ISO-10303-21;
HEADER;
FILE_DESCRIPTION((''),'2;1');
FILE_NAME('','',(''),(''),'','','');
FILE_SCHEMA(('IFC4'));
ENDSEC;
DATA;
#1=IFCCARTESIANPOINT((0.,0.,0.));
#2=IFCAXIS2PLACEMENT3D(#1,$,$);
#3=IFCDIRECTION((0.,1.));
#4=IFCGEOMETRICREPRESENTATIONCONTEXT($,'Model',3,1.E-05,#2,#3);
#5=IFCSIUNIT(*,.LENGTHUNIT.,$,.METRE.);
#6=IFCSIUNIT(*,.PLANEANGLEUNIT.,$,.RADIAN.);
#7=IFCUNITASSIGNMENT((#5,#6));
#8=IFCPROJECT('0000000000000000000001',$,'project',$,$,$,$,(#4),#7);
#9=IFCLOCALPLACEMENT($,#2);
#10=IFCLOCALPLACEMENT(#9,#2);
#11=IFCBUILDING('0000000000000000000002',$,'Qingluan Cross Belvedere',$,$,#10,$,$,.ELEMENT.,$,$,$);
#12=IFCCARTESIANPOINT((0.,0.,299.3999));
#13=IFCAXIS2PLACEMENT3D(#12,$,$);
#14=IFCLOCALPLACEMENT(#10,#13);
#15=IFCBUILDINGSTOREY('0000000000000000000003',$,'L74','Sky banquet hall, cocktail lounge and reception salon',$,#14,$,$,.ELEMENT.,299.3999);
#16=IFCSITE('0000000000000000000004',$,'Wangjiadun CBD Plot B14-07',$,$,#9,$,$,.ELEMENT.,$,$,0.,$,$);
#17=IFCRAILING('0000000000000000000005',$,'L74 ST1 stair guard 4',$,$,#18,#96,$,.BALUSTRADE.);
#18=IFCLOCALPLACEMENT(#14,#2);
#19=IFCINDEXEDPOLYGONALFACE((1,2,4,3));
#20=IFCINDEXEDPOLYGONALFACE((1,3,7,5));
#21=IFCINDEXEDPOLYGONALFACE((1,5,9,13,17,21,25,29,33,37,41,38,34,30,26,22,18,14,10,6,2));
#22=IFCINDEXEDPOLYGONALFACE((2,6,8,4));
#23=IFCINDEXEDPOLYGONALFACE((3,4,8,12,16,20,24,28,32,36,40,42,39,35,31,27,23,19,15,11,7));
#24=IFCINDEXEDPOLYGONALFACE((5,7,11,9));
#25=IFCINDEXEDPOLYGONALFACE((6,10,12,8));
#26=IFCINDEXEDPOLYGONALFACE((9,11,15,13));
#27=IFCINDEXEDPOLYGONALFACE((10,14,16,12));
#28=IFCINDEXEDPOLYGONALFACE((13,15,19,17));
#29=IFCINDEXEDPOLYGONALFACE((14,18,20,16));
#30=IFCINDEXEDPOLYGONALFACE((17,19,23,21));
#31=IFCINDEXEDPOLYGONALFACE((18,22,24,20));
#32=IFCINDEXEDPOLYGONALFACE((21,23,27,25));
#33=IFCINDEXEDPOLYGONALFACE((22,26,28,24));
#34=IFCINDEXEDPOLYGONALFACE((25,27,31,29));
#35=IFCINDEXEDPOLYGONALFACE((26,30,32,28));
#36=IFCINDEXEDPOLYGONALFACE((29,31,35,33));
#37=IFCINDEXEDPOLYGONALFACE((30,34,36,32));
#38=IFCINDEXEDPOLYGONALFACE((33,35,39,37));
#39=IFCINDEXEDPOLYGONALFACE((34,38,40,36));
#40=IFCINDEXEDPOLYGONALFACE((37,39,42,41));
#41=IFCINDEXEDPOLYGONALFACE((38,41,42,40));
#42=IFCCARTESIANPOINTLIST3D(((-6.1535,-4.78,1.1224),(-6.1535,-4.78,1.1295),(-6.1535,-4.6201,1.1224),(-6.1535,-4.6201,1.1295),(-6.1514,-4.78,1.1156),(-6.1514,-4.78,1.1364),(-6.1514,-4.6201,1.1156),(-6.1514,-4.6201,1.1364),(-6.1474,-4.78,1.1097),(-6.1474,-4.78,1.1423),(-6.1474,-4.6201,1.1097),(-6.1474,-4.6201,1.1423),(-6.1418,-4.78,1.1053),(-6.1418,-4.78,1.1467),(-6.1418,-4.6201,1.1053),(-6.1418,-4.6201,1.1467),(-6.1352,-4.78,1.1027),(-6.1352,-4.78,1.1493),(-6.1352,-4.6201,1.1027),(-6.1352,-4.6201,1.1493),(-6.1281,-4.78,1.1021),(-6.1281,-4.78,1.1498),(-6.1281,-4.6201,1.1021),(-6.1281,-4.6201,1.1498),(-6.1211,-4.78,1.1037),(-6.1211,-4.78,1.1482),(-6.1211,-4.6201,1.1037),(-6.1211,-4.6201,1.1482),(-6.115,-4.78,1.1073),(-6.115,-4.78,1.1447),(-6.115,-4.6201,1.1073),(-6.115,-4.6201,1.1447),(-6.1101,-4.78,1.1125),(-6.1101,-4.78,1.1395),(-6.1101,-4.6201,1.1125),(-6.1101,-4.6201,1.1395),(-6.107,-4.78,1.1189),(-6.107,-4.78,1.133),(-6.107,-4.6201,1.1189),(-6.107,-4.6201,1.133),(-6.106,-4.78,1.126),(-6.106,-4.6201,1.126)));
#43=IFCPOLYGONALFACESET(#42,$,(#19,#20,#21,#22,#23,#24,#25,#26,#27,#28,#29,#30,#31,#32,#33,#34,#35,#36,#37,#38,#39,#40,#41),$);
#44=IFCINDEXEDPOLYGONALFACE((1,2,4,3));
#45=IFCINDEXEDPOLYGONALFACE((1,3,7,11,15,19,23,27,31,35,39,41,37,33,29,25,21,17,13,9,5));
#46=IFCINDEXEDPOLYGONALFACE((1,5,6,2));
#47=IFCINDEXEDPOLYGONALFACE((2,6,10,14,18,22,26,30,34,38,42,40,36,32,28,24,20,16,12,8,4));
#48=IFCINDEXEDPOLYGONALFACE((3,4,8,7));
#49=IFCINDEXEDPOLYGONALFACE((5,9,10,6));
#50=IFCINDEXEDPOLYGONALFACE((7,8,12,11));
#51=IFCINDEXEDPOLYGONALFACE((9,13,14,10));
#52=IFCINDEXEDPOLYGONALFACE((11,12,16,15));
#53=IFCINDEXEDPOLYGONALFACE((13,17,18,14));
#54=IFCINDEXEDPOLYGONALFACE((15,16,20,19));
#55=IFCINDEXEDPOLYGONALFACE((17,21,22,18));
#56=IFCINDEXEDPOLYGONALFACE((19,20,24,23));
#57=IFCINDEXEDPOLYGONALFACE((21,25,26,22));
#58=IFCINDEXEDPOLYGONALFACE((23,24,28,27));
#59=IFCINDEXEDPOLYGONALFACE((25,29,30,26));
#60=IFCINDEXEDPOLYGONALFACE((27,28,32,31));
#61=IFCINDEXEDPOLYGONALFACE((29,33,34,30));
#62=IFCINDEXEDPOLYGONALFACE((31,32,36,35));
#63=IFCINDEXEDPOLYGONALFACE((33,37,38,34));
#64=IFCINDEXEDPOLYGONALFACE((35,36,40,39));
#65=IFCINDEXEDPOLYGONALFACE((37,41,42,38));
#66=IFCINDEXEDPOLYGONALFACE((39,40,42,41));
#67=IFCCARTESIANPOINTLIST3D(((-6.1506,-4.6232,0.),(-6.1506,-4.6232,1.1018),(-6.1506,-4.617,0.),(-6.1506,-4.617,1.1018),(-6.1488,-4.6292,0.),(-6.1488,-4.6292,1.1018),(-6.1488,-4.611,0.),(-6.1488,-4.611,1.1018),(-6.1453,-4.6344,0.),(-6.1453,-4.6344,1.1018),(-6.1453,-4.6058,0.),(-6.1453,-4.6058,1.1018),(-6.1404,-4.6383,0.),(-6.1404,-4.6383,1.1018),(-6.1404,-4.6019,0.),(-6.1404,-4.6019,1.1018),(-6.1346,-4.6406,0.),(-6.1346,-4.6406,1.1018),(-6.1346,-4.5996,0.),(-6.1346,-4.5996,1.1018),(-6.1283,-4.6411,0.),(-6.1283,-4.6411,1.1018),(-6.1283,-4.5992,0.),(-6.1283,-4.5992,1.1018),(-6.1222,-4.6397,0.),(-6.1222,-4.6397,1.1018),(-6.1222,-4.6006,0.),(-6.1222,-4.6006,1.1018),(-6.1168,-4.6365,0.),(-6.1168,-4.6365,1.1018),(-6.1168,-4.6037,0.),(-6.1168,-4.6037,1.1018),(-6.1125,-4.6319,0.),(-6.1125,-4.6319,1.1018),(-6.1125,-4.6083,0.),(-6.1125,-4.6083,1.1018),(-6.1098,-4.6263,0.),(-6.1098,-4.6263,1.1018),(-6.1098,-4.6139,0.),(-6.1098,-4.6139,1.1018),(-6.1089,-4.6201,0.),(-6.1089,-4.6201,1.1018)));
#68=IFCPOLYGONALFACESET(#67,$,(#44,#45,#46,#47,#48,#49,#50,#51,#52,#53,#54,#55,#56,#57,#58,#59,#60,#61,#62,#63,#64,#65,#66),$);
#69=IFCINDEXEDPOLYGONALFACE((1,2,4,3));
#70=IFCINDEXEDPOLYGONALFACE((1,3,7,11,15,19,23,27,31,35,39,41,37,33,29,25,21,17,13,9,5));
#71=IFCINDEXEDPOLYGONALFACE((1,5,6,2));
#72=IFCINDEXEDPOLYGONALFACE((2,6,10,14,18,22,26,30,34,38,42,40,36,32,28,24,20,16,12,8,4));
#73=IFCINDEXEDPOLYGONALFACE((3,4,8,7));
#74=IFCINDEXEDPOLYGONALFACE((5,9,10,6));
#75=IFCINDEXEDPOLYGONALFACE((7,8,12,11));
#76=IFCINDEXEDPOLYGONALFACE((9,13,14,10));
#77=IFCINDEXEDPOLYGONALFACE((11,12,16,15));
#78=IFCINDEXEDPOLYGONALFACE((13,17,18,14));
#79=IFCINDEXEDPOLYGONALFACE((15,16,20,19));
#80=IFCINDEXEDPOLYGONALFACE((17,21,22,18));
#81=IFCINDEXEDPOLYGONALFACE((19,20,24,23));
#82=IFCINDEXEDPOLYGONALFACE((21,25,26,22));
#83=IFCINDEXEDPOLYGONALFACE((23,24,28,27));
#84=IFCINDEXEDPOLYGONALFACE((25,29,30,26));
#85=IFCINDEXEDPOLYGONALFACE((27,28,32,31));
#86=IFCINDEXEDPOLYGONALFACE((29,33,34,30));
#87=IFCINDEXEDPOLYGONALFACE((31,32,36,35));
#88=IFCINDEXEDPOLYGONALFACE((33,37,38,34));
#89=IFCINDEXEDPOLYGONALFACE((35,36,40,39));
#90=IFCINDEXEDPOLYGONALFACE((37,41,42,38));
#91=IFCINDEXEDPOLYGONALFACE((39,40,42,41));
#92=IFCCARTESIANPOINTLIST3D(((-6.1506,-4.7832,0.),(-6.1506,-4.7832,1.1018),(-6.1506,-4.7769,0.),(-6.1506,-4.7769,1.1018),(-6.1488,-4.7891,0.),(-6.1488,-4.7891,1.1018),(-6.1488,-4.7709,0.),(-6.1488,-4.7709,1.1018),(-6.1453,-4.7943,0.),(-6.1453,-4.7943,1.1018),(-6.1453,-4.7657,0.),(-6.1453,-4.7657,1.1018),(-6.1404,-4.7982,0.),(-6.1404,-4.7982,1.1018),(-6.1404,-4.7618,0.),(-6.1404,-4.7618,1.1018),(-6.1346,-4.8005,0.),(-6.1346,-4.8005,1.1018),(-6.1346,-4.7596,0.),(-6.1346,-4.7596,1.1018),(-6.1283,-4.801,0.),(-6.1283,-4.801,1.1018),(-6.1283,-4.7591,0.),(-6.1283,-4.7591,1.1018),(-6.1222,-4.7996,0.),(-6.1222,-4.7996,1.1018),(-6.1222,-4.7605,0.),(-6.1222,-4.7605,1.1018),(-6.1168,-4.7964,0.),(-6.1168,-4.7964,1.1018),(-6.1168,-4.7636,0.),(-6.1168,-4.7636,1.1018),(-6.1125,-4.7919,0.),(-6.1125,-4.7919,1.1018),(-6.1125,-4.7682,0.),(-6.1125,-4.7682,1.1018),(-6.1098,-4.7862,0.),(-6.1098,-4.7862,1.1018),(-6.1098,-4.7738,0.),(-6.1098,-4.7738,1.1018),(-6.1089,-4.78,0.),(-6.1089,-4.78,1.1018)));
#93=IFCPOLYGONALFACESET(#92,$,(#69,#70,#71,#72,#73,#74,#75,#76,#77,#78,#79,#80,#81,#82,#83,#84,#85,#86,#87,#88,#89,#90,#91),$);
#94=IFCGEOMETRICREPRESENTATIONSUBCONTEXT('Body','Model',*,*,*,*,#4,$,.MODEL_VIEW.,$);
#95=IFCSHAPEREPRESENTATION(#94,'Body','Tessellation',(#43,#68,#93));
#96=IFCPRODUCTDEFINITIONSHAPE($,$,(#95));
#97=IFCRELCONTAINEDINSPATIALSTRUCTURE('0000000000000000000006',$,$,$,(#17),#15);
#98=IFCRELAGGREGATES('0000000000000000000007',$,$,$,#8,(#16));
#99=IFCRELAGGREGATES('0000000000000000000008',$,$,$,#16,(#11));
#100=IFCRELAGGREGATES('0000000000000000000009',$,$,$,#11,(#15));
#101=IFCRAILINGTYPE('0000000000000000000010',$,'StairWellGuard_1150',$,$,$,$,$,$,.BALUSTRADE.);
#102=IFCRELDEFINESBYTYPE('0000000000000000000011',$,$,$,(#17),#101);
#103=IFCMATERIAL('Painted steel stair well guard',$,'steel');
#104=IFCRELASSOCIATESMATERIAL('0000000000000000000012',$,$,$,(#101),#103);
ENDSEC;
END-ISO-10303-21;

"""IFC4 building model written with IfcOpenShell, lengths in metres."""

from ifc_helpers import new_model, si_unit, direction, frame, origin, origin_2d, place, context, subcontext, project, spatial, circle, extrude, material, type_object, element, save


model = new_model("IFC4")

# Units and contexts
model_context = context("Model", 3, precision=1e-05, world=origin(), true_north=direction((0.0, 1.0)))
body_context = subcontext(model_context, "Body", "Model", "MODEL_VIEW")
ifc_project = project(units=[si_unit("LENGTHUNIT", "METRE"), si_unit("PLANEANGLEUNIT", "RADIAN")], contexts=[model_context])

# Site, building, storey
site_placement = place(None, origin())
site = spatial("IfcSite", under=ifc_project, at=site_placement, Name="Wangjiadun CBD Plot B14-07", CompositionType="ELEMENT", RefElevation=0.0)
building_placement = place(site_placement, origin())
building = spatial("IfcBuilding", under=site, at=building_placement, Name="Qingluan Cross Belvedere", CompositionType="ELEMENT")
storey_placement = place(building_placement, frame((0.0, 0.0, 299.3999)))
storey = spatial("IfcBuildingStorey", under=building, at=storey_placement, Name="L74", Description="Sky banquet hall, cocktail lounge and reception salon", CompositionType="ELEMENT", Elevation=299.3999)

# Railing
ifc_material_1 = material(Name="Painted steel stair well guard", Category="steel")
railing_type_1 = type_object("IfcRailingType", Name="StairWellGuard_1150", PredefinedType="BALUSTRADE", material=ifc_material_1)
railing_1_placement = place(storey_placement, frame((-6.1299, -4.6201, 0.0)))
element("IfcRailing", 1, at=railing_1_placement, inside=storey, type_object=railing_type_1, Name="L74 ST1 stair guard 4", PredefinedType="BALUSTRADE", context=body_context, shape_type="SweptSolid", body=[
    extrude(circle(Radius=0.0239, at=origin_2d()), frame((0.0, 0.0, 1.126), z_axis=(0.0, -1.0, 0.0), x_axis=(1.0, 0.0, 0.0)), (0.0, 0.0, 1.0), 0.1599),
    extrude(circle(Radius=0.021, at=origin_2d()), origin(), (0.0, 0.0, 1.0), 1.1018),
    extrude(circle(Radius=0.021, at=origin_2d()), frame((0.0, -0.1599, 0.0)), (0.0, 0.0, 1.0), 1.1018),
])

save(model, "model.ifc")
